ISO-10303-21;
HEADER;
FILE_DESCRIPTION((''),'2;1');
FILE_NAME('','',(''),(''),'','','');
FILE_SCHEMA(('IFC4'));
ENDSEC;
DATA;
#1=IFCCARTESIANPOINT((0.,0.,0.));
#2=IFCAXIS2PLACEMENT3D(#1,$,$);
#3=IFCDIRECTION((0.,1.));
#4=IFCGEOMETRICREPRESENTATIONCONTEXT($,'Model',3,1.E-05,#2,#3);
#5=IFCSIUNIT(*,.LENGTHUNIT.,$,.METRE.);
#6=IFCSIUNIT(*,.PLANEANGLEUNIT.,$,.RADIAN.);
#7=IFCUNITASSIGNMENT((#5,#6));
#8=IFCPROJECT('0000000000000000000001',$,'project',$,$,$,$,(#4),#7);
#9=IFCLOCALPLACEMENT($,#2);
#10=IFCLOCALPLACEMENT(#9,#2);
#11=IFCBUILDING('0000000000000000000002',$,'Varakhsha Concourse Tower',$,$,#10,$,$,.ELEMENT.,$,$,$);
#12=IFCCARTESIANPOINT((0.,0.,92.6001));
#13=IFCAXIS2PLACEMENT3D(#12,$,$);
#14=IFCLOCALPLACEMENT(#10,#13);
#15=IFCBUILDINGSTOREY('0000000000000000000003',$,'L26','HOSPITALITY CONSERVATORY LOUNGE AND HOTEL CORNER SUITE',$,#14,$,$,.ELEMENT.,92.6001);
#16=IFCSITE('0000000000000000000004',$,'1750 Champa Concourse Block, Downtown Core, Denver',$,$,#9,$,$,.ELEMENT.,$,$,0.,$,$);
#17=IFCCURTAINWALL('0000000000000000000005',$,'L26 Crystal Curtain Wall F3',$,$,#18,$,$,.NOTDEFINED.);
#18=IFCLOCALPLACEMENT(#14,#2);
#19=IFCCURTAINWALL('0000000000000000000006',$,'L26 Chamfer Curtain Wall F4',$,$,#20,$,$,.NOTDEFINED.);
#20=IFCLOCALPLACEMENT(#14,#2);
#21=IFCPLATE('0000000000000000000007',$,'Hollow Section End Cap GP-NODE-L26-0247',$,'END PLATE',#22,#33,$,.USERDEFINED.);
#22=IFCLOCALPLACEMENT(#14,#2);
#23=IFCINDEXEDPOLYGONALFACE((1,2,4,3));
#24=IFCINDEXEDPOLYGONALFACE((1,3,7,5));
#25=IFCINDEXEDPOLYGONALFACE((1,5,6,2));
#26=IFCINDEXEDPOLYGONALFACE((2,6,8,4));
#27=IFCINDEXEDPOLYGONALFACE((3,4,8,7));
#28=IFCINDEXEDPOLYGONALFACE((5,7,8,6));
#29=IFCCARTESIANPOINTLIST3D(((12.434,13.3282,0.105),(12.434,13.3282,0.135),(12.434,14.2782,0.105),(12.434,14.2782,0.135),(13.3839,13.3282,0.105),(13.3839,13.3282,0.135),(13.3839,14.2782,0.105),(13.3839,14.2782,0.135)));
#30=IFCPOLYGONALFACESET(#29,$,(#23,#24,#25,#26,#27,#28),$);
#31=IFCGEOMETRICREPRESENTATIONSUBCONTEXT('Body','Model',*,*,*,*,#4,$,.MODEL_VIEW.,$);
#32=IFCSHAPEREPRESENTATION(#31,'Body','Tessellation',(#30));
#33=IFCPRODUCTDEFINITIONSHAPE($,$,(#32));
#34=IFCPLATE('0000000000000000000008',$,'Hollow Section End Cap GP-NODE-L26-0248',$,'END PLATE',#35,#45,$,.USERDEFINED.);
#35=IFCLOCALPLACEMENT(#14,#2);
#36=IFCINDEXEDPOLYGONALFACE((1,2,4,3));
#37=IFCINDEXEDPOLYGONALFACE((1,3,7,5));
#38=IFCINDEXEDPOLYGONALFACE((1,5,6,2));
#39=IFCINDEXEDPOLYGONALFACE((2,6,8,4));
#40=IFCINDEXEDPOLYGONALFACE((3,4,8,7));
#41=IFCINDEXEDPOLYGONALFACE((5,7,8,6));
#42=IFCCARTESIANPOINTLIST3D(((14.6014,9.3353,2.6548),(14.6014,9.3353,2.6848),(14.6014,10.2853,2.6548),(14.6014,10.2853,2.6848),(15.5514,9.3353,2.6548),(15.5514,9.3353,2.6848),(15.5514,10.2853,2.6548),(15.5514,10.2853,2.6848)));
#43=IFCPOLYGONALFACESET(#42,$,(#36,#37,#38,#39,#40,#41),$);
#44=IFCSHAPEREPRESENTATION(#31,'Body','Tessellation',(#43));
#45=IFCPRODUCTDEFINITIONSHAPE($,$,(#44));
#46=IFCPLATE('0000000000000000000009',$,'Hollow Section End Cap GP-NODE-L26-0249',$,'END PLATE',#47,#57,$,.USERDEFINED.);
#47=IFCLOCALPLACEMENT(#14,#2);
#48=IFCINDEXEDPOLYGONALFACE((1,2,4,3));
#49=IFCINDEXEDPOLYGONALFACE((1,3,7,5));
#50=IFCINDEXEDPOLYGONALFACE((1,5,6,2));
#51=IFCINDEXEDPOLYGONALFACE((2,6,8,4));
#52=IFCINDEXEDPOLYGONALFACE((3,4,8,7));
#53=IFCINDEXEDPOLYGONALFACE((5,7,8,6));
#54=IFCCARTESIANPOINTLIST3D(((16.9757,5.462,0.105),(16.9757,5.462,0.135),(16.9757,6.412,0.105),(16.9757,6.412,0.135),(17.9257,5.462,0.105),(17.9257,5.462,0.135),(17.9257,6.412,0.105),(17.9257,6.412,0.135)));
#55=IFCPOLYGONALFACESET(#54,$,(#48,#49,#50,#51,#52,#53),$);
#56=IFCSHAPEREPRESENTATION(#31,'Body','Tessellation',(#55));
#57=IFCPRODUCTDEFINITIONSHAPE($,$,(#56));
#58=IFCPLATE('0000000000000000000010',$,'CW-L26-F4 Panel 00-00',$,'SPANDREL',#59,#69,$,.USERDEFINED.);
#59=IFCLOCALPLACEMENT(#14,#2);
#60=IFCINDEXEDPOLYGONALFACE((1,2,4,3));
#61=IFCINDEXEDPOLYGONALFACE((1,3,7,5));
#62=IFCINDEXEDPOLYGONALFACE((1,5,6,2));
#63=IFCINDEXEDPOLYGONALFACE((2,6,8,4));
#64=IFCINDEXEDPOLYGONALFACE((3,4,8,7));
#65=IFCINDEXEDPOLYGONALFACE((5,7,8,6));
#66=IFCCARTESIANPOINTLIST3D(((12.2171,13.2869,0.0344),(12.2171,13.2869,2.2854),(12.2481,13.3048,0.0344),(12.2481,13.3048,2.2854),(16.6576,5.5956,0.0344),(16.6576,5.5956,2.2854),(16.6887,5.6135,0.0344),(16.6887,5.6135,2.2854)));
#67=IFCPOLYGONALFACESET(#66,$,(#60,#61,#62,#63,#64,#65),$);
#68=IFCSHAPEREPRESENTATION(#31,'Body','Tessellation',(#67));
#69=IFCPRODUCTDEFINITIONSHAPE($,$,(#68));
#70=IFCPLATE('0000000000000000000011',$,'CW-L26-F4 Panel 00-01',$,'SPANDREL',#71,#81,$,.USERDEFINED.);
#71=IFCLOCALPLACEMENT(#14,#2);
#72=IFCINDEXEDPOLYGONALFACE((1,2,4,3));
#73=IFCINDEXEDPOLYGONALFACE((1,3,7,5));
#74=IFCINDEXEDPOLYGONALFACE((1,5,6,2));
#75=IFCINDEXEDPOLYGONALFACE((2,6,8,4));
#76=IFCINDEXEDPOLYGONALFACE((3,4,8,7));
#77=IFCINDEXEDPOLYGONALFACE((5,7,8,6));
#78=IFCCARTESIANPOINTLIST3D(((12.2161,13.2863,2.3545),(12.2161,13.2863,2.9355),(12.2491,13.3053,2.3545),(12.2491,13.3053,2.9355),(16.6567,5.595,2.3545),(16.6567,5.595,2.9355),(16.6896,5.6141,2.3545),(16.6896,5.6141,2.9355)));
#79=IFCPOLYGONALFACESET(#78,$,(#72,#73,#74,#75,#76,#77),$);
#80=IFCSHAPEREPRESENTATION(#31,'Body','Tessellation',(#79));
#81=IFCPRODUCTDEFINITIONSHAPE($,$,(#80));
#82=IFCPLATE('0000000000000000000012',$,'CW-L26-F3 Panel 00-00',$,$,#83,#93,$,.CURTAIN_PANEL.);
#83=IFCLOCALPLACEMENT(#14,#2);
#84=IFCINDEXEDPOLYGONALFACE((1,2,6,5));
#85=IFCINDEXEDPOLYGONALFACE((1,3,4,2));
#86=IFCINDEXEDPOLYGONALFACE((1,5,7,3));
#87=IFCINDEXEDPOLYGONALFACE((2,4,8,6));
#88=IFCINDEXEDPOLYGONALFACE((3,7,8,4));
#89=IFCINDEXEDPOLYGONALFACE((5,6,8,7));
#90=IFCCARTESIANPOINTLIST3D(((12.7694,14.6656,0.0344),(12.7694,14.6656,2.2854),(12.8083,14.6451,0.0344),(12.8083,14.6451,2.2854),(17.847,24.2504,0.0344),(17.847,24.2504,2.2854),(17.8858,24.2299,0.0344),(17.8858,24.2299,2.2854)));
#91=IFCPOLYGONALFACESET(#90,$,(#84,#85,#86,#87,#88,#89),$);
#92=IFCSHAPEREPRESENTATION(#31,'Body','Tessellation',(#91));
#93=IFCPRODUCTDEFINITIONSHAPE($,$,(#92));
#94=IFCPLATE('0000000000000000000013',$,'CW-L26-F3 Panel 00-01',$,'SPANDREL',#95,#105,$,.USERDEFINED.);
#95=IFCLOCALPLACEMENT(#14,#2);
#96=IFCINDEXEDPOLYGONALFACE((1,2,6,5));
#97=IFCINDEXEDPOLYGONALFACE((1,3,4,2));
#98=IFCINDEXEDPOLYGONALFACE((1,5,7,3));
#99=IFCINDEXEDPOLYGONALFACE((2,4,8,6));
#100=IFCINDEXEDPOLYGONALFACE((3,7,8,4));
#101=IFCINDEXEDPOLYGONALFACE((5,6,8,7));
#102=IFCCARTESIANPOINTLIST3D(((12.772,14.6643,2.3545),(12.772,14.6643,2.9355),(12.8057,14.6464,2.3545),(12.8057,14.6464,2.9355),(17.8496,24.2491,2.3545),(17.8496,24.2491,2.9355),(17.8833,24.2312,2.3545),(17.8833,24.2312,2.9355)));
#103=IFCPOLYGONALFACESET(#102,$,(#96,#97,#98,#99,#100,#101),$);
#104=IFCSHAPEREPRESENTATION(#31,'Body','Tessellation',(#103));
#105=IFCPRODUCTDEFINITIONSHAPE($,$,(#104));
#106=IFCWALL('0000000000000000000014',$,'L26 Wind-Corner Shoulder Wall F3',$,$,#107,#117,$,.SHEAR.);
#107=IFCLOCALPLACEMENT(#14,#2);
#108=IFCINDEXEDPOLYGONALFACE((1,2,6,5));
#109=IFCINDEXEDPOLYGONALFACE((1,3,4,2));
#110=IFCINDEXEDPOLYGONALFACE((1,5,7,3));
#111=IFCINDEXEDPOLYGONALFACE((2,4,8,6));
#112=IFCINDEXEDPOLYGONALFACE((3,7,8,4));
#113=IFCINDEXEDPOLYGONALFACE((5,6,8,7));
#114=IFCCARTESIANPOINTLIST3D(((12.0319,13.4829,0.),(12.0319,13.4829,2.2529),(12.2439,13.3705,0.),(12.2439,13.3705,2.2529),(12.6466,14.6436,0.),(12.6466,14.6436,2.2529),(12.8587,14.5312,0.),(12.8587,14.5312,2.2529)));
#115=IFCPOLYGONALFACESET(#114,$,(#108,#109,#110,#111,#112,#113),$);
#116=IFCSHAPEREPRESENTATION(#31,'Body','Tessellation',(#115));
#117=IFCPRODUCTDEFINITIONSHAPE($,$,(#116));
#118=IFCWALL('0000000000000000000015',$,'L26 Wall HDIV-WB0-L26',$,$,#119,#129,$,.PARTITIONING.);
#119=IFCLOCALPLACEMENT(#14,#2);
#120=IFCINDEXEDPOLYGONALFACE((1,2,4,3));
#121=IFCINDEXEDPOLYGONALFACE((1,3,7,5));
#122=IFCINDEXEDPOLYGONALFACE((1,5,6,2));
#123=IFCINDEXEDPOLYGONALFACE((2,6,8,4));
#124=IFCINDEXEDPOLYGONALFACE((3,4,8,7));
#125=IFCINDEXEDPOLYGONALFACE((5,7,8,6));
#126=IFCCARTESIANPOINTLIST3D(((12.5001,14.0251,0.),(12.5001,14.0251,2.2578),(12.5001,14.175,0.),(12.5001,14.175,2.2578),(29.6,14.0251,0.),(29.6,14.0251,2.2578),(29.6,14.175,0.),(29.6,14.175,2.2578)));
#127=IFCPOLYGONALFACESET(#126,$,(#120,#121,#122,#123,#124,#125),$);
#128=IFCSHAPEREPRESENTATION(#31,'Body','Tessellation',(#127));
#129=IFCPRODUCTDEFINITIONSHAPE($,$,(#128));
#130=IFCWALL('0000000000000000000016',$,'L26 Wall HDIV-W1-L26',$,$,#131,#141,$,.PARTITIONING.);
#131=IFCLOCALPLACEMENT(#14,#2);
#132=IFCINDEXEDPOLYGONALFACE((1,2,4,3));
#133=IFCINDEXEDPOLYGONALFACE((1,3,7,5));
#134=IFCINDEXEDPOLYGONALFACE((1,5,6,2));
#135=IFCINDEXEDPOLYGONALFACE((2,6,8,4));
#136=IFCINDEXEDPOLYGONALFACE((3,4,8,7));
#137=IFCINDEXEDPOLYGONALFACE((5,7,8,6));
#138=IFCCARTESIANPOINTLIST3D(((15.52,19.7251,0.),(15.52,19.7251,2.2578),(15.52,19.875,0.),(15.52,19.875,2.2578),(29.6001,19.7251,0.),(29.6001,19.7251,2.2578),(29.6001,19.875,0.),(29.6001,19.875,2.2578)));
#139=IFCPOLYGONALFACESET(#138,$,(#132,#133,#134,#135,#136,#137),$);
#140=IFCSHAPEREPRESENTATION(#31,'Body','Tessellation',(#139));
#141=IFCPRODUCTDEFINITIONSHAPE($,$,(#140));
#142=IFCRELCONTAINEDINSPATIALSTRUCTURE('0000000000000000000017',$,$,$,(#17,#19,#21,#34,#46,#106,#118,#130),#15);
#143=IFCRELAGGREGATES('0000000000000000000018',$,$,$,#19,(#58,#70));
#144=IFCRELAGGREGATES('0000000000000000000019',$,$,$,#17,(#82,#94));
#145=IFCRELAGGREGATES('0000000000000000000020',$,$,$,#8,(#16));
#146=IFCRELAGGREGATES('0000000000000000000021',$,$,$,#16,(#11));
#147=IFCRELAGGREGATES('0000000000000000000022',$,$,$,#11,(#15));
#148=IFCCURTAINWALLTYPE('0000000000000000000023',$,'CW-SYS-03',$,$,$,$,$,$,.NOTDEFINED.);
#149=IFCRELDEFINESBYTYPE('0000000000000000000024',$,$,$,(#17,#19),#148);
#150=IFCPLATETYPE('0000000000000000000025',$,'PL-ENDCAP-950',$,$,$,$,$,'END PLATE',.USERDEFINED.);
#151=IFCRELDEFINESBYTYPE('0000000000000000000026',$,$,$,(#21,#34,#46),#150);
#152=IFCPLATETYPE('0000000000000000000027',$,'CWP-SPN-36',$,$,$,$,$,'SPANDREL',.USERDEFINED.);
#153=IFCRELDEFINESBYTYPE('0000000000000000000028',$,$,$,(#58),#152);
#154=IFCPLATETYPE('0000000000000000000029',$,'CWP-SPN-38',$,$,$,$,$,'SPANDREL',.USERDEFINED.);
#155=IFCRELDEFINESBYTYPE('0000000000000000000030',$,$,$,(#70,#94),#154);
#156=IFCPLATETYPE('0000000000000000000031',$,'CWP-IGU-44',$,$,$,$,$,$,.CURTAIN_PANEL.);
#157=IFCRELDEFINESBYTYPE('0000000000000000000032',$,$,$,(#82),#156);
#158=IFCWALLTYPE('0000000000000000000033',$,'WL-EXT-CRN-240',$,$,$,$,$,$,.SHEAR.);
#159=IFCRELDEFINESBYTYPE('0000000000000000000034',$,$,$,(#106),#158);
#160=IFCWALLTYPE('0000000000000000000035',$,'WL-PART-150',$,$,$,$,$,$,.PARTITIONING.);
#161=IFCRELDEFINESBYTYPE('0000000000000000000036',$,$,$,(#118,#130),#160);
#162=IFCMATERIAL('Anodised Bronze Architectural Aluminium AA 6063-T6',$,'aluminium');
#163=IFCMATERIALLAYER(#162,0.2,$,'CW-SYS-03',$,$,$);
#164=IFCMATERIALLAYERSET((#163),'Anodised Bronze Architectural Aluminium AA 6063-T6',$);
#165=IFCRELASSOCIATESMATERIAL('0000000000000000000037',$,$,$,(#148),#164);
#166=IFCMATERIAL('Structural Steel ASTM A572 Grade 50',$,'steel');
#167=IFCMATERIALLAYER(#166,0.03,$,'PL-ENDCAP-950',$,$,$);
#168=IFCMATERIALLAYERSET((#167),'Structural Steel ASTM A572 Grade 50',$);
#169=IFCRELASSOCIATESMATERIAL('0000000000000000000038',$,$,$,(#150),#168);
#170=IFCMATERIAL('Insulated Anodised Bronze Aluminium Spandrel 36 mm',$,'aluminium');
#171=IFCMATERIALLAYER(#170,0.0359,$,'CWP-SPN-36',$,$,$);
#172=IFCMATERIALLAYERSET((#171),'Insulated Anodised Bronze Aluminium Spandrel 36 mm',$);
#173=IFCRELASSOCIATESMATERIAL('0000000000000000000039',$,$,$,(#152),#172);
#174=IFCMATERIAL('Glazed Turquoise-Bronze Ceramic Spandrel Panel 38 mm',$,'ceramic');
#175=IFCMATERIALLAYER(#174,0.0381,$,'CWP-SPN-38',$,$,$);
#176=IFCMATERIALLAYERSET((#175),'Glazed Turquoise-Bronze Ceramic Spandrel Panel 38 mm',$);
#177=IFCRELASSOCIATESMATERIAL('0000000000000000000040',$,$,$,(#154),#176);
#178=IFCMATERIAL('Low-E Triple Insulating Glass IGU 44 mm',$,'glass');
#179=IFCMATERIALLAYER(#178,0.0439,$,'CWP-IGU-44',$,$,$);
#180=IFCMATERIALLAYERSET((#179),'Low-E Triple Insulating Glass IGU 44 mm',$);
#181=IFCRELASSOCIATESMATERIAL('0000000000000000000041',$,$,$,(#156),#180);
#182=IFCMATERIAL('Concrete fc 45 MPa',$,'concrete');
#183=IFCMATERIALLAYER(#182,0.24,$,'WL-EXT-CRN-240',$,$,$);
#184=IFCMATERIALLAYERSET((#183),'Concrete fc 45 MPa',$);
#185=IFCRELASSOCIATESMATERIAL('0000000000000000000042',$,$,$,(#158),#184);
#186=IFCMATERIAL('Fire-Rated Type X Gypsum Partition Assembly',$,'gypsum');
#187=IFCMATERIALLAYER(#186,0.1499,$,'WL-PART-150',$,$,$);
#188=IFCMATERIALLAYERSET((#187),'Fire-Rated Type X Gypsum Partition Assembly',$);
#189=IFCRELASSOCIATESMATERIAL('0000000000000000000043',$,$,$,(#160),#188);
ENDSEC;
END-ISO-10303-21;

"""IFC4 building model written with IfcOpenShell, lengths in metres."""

from ifc_helpers import new_model, si_unit, direction, frame, frame_2d, origin, origin_2d, place, context, subcontext, project, spatial, rectangle, extrude, source, transform, mapped, material, layer, layer_set, type_object, type_shapes, element, aggregate, save


model = new_model("IFC4")

# Units and contexts
model_context = context("Model", 3, precision=1e-05, world=origin(), true_north=direction((0.0, 1.0)))
body_context = subcontext(model_context, "Body", "Model", "MODEL_VIEW")
ifc_project = project(units=[si_unit("LENGTHUNIT", "METRE"), si_unit("PLANEANGLEUNIT", "RADIAN")], contexts=[model_context])

# Site, building, storey
site_placement = place(None, origin())
site = spatial("IfcSite", under=ifc_project, at=site_placement, Name="1750 Champa Concourse Block, Downtown Core, Denver", CompositionType="ELEMENT", RefElevation=0.0)
building_placement = place(site_placement, origin())
building = spatial("IfcBuilding", under=site, at=building_placement, Name="Varakhsha Concourse Tower", CompositionType="ELEMENT")
storey_placement = place(building_placement, frame((0.0, 0.0, 92.6001)))
storey = spatial("IfcBuildingStorey", under=building, at=storey_placement, Name="L26", Description="HOSPITALITY CONSERVATORY LOUNGE AND HOTEL CORNER SUITE", CompositionType="ELEMENT", Elevation=92.6001)

# Shared definitions
ifc_material_1 = material(Name="Structural Steel ASTM A572 Grade 50", Category="steel")

# Curtain wall
ifc_material_2 = material(Name="Anodised Bronze Architectural Aluminium AA 6063-T6", Category="aluminium")
ifc_layer_1 = layer(ifc_material_2, 0.2, Name="CW-SYS-03")
ifc_layer_set_1 = layer_set([ifc_layer_1], Name="Anodised Bronze Architectural Aluminium AA 6063-T6")
curtain_wall_type = type_object("IfcCurtainWallType", Name="CW-SYS-03", PredefinedType="NOTDEFINED", material=ifc_layer_set_1)
curtain_wall_1_placement = place(storey_placement, origin())
curtain_wall_1 = element("IfcCurtainWall", 1, at=curtain_wall_1_placement, inside=storey, type_object=curtain_wall_type, Name="L26 Crystal Curtain Wall F3", PredefinedType="NOTDEFINED")

# Curtain wall
curtain_wall_2_placement = place(storey_placement, origin())
curtain_wall_2 = element("IfcCurtainWall", 2, at=curtain_wall_2_placement, inside=storey, type_object=curtain_wall_type, Name="L26 Chamfer Curtain Wall F4", PredefinedType="NOTDEFINED")

# Shared definitions
ifc_material_3 = material(Name="Concrete fc 45 MPa", Category="concrete")

# Plates
ifc_layer_2 = layer(ifc_material_1, 0.03, Name="PL-ENDCAP-950")
ifc_layer_set_2 = layer_set([ifc_layer_2], Name="Structural Steel ASTM A572 Grade 50")
plate_type_1 = type_object("IfcPlateType", Name="PL-ENDCAP-950", ElementType="END PLATE", PredefinedType="USERDEFINED", material=ifc_layer_set_2)
shared_shape_1 = source(origin(), body_context, "Body", "SweptSolid", [
    extrude(rectangle(XDim=0.95, YDim=0.95, at=origin_2d()), origin(), (0.0, 0.0, 1.0), 0.03),
])
type_shapes(plate_type_1, [shared_shape_1])
for number, where, z_axis, x_axis, name in (
    (3, (12.9089, 13.8032, 0.105), (0.0, 0.0, 1.0), (1.0, 0.0, 0.0), "Hollow Section End Cap GP-NODE-L26-0247"),
    (4, (15.0764, 9.8103, 2.6548), (0.0, 0.0, 1.0), (1.0, 0.0, 0.0), "Hollow Section End Cap GP-NODE-L26-0248"),
    (5, (17.4507, 5.937, 0.105), (0.0, 0.0, 1.0), (1.0, 0.0, 0.0), "Hollow Section End Cap GP-NODE-L26-0249"),
):
    element("IfcPlate", number, at=place(storey_placement, frame(where, z_axis=z_axis, x_axis=x_axis)), inside=storey, type_object=plate_type_1, Name=name, ObjectType="END PLATE", PredefinedType="USERDEFINED", context=body_context, shape_type="MappedRepresentation", body=[
        mapped(shared_shape_1, transform((0.0, 0.0, 0.0), scale=1.0)),
    ])

# Plates
ifc_material_4 = material(Name="Insulated Anodised Bronze Aluminium Spandrel 36 mm", Category="aluminium")
ifc_layer_3 = layer(ifc_material_4, 0.0359, Name="CWP-SPN-36")
ifc_layer_set_3 = layer_set([ifc_layer_3], Name="Insulated Anodised Bronze Aluminium Spandrel 36 mm")
plate_type_2 = type_object("IfcPlateType", Name="CWP-SPN-36", ElementType="SPANDREL", PredefinedType="USERDEFINED", material=ifc_layer_set_3)
shared_shape_2 = source(origin(), body_context, "Body", "SweptSolid", [
    extrude(rectangle(XDim=8.8811, YDim=0.0359, at=origin_2d()), origin(), (0.0, 0.0, 1.0), 2.251),
])
type_shapes(plate_type_2, [shared_shape_2])
plate_1_placement = place(storey_placement, frame((14.4529, 9.4502, 0.0344), z_axis=(0.0, 0.0, 1.0), x_axis=(-0.5, 0.866025, 0.0)))
plate_1 = element("IfcPlate", 6, at=plate_1_placement, type_object=plate_type_2, Name="CW-L26-F4 Panel 00-00", ObjectType="SPANDREL", PredefinedType="USERDEFINED", context=body_context, shape_type="MappedRepresentation", body=[
    mapped(shared_shape_2, transform((0.0, 0.0, 0.0), scale=1.0)),
])
ifc_material_5 = material(Name="Glazed Turquoise-Bronze Ceramic Spandrel Panel 38 mm", Category="ceramic")
ifc_layer_4 = layer(ifc_material_5, 0.0381, Name="CWP-SPN-38")
ifc_layer_set_4 = layer_set([ifc_layer_4], Name="Glazed Turquoise-Bronze Ceramic Spandrel Panel 38 mm")
plate_type_3 = type_object("IfcPlateType", Name="CWP-SPN-38", ElementType="SPANDREL", PredefinedType="USERDEFINED", material=ifc_layer_set_4)
shared_shape_3 = source(origin(), body_context, "Body", "SweptSolid", [
    extrude(rectangle(XDim=8.8811, YDim=0.0381, at=origin_2d()), origin(), (0.0, 0.0, 1.0), 0.5811),
])
plate_2_placement = place(storey_placement, frame((14.4529, 9.4502, 2.3545), z_axis=(0.0, 0.0, 1.0), x_axis=(-0.5, 0.866025, 0.0)))
plate_2 = element("IfcPlate", 7, at=plate_2_placement, type_object=plate_type_3, Name="CW-L26-F4 Panel 00-01", ObjectType="SPANDREL", PredefinedType="USERDEFINED", context=body_context, shape_type="MappedRepresentation", body=[
    mapped(shared_shape_3, transform((0.0, 0.0, 0.0), scale=1.0)),
])
aggregate(curtain_wall_2, [plate_1, plate_2])
ifc_material_6 = material(Name="Low-E Triple Insulating Glass IGU 44 mm", Category="glass")
ifc_layer_5 = layer(ifc_material_6, 0.0439, Name="CWP-IGU-44")
ifc_layer_set_5 = layer_set([ifc_layer_5], Name="Low-E Triple Insulating Glass IGU 44 mm")
plate_type_4 = type_object("IfcPlateType", Name="CWP-IGU-44", PredefinedType="CURTAIN_PANEL", material=ifc_layer_set_5)
shared_shape_4 = source(origin(), body_context, "Body", "SweptSolid", [
    extrude(rectangle(XDim=10.8467, YDim=0.0439, at=origin_2d()), origin(), (0.0, 0.0, 1.0), 2.251),
])
type_shapes(plate_type_4, [shared_shape_4])
plate_3_placement = place(storey_placement, frame((15.3276, 19.4478, 0.0344), z_axis=(0.0, 0.0, 1.0), x_axis=(0.468124, 0.883663, 0.0)))
plate_3 = element("IfcPlate", 8, at=plate_3_placement, type_object=plate_type_4, Name="CW-L26-F3 Panel 00-00", PredefinedType="CURTAIN_PANEL", context=body_context, shape_type="MappedRepresentation", body=[
    mapped(shared_shape_4, transform((0.0, 0.0, 0.0), scale=1.0)),
])
shared_shape_5 = source(origin(), body_context, "Body", "SweptSolid", [
    extrude(rectangle(XDim=10.8467, YDim=0.0381, at=origin_2d()), origin(), (0.0, 0.0, 1.0), 0.5811),
])
type_shapes(plate_type_3, [shared_shape_3, shared_shape_5])
plate_4_placement = place(storey_placement, frame((15.3276, 19.4478, 2.3545), z_axis=(0.0, 0.0, 1.0), x_axis=(0.468124, 0.883663, 0.0)))
plate_4 = element("IfcPlate", 9, at=plate_4_placement, type_object=plate_type_3, Name="CW-L26-F3 Panel 00-01", ObjectType="SPANDREL", PredefinedType="USERDEFINED", context=body_context, shape_type="MappedRepresentation", body=[
    mapped(shared_shape_5, transform((0.0, 0.0, 0.0), scale=1.0)),
])
aggregate(curtain_wall_1, [plate_3, plate_4])

# Walls
ifc_layer_6 = layer(ifc_material_3, 0.24, Name="WL-EXT-CRN-240")
ifc_layer_set_6 = layer_set([ifc_layer_6], Name="Concrete fc 45 MPa")
wall_type_1 = type_object("IfcWallType", Name="WL-EXT-CRN-240", PredefinedType="SHEAR", material=ifc_layer_set_6)
wall_1_placement = place(storey_placement, frame((12.7527, 14.5874, 0.0), z_axis=(0.0, 0.0, 1.0), x_axis=(-0.468059, -0.883697, 0.0)))
element("IfcWall", 10, at=wall_1_placement, inside=storey, type_object=wall_type_1, Name="L26 Wind-Corner Shoulder Wall F3", PredefinedType="SHEAR", context=body_context, shape_type="SweptSolid", body=[
    extrude(rectangle(XDim=1.3135, YDim=0.24, at=frame_2d((0.6567, 0.0))), origin(), (0.0, 0.0, 1.0), 2.2529),
])
ifc_material_7 = material(Name="Fire-Rated Type X Gypsum Partition Assembly", Category="gypsum")
ifc_layer_7 = layer(ifc_material_7, 0.1499, Name="WL-PART-150")
ifc_layer_set_7 = layer_set([ifc_layer_7], Name="Fire-Rated Type X Gypsum Partition Assembly")
wall_type_2 = type_object("IfcWallType", Name="WL-PART-150", PredefinedType="PARTITIONING", material=ifc_layer_set_7)
wall_2_placement = place(storey_placement, frame((12.5002, 14.1001, 0.0), z_axis=(0.0, 0.0, 1.0), x_axis=(1.0, 0.0, 0.0)))
element("IfcWall", 11, at=wall_2_placement, inside=storey, type_object=wall_type_2, Name="L26 Wall HDIV-WB0-L26", PredefinedType="PARTITIONING", context=body_context, shape_type="SweptSolid", body=[
    extrude(rectangle(XDim=17.0999, YDim=0.1499, at=frame_2d((8.5498, 0.0))), origin(), (0.0, 0.0, 1.0), 2.2578),
])
wall_3_placement = place(storey_placement, frame((15.52, 19.8, 0.0), z_axis=(0.0, 0.0, 1.0), x_axis=(1.0, 0.0, 0.0)))
element("IfcWall", 12, at=wall_3_placement, inside=storey, type_object=wall_type_2, Name="L26 Wall HDIV-W1-L26", PredefinedType="PARTITIONING", context=body_context, shape_type="SweptSolid", body=[
    extrude(rectangle(XDim=14.0801, YDim=0.1499, at=frame_2d((7.04, 0.0))), origin(), (0.0, 0.0, 1.0), 2.2578),
])

save(model, "model.ifc")
